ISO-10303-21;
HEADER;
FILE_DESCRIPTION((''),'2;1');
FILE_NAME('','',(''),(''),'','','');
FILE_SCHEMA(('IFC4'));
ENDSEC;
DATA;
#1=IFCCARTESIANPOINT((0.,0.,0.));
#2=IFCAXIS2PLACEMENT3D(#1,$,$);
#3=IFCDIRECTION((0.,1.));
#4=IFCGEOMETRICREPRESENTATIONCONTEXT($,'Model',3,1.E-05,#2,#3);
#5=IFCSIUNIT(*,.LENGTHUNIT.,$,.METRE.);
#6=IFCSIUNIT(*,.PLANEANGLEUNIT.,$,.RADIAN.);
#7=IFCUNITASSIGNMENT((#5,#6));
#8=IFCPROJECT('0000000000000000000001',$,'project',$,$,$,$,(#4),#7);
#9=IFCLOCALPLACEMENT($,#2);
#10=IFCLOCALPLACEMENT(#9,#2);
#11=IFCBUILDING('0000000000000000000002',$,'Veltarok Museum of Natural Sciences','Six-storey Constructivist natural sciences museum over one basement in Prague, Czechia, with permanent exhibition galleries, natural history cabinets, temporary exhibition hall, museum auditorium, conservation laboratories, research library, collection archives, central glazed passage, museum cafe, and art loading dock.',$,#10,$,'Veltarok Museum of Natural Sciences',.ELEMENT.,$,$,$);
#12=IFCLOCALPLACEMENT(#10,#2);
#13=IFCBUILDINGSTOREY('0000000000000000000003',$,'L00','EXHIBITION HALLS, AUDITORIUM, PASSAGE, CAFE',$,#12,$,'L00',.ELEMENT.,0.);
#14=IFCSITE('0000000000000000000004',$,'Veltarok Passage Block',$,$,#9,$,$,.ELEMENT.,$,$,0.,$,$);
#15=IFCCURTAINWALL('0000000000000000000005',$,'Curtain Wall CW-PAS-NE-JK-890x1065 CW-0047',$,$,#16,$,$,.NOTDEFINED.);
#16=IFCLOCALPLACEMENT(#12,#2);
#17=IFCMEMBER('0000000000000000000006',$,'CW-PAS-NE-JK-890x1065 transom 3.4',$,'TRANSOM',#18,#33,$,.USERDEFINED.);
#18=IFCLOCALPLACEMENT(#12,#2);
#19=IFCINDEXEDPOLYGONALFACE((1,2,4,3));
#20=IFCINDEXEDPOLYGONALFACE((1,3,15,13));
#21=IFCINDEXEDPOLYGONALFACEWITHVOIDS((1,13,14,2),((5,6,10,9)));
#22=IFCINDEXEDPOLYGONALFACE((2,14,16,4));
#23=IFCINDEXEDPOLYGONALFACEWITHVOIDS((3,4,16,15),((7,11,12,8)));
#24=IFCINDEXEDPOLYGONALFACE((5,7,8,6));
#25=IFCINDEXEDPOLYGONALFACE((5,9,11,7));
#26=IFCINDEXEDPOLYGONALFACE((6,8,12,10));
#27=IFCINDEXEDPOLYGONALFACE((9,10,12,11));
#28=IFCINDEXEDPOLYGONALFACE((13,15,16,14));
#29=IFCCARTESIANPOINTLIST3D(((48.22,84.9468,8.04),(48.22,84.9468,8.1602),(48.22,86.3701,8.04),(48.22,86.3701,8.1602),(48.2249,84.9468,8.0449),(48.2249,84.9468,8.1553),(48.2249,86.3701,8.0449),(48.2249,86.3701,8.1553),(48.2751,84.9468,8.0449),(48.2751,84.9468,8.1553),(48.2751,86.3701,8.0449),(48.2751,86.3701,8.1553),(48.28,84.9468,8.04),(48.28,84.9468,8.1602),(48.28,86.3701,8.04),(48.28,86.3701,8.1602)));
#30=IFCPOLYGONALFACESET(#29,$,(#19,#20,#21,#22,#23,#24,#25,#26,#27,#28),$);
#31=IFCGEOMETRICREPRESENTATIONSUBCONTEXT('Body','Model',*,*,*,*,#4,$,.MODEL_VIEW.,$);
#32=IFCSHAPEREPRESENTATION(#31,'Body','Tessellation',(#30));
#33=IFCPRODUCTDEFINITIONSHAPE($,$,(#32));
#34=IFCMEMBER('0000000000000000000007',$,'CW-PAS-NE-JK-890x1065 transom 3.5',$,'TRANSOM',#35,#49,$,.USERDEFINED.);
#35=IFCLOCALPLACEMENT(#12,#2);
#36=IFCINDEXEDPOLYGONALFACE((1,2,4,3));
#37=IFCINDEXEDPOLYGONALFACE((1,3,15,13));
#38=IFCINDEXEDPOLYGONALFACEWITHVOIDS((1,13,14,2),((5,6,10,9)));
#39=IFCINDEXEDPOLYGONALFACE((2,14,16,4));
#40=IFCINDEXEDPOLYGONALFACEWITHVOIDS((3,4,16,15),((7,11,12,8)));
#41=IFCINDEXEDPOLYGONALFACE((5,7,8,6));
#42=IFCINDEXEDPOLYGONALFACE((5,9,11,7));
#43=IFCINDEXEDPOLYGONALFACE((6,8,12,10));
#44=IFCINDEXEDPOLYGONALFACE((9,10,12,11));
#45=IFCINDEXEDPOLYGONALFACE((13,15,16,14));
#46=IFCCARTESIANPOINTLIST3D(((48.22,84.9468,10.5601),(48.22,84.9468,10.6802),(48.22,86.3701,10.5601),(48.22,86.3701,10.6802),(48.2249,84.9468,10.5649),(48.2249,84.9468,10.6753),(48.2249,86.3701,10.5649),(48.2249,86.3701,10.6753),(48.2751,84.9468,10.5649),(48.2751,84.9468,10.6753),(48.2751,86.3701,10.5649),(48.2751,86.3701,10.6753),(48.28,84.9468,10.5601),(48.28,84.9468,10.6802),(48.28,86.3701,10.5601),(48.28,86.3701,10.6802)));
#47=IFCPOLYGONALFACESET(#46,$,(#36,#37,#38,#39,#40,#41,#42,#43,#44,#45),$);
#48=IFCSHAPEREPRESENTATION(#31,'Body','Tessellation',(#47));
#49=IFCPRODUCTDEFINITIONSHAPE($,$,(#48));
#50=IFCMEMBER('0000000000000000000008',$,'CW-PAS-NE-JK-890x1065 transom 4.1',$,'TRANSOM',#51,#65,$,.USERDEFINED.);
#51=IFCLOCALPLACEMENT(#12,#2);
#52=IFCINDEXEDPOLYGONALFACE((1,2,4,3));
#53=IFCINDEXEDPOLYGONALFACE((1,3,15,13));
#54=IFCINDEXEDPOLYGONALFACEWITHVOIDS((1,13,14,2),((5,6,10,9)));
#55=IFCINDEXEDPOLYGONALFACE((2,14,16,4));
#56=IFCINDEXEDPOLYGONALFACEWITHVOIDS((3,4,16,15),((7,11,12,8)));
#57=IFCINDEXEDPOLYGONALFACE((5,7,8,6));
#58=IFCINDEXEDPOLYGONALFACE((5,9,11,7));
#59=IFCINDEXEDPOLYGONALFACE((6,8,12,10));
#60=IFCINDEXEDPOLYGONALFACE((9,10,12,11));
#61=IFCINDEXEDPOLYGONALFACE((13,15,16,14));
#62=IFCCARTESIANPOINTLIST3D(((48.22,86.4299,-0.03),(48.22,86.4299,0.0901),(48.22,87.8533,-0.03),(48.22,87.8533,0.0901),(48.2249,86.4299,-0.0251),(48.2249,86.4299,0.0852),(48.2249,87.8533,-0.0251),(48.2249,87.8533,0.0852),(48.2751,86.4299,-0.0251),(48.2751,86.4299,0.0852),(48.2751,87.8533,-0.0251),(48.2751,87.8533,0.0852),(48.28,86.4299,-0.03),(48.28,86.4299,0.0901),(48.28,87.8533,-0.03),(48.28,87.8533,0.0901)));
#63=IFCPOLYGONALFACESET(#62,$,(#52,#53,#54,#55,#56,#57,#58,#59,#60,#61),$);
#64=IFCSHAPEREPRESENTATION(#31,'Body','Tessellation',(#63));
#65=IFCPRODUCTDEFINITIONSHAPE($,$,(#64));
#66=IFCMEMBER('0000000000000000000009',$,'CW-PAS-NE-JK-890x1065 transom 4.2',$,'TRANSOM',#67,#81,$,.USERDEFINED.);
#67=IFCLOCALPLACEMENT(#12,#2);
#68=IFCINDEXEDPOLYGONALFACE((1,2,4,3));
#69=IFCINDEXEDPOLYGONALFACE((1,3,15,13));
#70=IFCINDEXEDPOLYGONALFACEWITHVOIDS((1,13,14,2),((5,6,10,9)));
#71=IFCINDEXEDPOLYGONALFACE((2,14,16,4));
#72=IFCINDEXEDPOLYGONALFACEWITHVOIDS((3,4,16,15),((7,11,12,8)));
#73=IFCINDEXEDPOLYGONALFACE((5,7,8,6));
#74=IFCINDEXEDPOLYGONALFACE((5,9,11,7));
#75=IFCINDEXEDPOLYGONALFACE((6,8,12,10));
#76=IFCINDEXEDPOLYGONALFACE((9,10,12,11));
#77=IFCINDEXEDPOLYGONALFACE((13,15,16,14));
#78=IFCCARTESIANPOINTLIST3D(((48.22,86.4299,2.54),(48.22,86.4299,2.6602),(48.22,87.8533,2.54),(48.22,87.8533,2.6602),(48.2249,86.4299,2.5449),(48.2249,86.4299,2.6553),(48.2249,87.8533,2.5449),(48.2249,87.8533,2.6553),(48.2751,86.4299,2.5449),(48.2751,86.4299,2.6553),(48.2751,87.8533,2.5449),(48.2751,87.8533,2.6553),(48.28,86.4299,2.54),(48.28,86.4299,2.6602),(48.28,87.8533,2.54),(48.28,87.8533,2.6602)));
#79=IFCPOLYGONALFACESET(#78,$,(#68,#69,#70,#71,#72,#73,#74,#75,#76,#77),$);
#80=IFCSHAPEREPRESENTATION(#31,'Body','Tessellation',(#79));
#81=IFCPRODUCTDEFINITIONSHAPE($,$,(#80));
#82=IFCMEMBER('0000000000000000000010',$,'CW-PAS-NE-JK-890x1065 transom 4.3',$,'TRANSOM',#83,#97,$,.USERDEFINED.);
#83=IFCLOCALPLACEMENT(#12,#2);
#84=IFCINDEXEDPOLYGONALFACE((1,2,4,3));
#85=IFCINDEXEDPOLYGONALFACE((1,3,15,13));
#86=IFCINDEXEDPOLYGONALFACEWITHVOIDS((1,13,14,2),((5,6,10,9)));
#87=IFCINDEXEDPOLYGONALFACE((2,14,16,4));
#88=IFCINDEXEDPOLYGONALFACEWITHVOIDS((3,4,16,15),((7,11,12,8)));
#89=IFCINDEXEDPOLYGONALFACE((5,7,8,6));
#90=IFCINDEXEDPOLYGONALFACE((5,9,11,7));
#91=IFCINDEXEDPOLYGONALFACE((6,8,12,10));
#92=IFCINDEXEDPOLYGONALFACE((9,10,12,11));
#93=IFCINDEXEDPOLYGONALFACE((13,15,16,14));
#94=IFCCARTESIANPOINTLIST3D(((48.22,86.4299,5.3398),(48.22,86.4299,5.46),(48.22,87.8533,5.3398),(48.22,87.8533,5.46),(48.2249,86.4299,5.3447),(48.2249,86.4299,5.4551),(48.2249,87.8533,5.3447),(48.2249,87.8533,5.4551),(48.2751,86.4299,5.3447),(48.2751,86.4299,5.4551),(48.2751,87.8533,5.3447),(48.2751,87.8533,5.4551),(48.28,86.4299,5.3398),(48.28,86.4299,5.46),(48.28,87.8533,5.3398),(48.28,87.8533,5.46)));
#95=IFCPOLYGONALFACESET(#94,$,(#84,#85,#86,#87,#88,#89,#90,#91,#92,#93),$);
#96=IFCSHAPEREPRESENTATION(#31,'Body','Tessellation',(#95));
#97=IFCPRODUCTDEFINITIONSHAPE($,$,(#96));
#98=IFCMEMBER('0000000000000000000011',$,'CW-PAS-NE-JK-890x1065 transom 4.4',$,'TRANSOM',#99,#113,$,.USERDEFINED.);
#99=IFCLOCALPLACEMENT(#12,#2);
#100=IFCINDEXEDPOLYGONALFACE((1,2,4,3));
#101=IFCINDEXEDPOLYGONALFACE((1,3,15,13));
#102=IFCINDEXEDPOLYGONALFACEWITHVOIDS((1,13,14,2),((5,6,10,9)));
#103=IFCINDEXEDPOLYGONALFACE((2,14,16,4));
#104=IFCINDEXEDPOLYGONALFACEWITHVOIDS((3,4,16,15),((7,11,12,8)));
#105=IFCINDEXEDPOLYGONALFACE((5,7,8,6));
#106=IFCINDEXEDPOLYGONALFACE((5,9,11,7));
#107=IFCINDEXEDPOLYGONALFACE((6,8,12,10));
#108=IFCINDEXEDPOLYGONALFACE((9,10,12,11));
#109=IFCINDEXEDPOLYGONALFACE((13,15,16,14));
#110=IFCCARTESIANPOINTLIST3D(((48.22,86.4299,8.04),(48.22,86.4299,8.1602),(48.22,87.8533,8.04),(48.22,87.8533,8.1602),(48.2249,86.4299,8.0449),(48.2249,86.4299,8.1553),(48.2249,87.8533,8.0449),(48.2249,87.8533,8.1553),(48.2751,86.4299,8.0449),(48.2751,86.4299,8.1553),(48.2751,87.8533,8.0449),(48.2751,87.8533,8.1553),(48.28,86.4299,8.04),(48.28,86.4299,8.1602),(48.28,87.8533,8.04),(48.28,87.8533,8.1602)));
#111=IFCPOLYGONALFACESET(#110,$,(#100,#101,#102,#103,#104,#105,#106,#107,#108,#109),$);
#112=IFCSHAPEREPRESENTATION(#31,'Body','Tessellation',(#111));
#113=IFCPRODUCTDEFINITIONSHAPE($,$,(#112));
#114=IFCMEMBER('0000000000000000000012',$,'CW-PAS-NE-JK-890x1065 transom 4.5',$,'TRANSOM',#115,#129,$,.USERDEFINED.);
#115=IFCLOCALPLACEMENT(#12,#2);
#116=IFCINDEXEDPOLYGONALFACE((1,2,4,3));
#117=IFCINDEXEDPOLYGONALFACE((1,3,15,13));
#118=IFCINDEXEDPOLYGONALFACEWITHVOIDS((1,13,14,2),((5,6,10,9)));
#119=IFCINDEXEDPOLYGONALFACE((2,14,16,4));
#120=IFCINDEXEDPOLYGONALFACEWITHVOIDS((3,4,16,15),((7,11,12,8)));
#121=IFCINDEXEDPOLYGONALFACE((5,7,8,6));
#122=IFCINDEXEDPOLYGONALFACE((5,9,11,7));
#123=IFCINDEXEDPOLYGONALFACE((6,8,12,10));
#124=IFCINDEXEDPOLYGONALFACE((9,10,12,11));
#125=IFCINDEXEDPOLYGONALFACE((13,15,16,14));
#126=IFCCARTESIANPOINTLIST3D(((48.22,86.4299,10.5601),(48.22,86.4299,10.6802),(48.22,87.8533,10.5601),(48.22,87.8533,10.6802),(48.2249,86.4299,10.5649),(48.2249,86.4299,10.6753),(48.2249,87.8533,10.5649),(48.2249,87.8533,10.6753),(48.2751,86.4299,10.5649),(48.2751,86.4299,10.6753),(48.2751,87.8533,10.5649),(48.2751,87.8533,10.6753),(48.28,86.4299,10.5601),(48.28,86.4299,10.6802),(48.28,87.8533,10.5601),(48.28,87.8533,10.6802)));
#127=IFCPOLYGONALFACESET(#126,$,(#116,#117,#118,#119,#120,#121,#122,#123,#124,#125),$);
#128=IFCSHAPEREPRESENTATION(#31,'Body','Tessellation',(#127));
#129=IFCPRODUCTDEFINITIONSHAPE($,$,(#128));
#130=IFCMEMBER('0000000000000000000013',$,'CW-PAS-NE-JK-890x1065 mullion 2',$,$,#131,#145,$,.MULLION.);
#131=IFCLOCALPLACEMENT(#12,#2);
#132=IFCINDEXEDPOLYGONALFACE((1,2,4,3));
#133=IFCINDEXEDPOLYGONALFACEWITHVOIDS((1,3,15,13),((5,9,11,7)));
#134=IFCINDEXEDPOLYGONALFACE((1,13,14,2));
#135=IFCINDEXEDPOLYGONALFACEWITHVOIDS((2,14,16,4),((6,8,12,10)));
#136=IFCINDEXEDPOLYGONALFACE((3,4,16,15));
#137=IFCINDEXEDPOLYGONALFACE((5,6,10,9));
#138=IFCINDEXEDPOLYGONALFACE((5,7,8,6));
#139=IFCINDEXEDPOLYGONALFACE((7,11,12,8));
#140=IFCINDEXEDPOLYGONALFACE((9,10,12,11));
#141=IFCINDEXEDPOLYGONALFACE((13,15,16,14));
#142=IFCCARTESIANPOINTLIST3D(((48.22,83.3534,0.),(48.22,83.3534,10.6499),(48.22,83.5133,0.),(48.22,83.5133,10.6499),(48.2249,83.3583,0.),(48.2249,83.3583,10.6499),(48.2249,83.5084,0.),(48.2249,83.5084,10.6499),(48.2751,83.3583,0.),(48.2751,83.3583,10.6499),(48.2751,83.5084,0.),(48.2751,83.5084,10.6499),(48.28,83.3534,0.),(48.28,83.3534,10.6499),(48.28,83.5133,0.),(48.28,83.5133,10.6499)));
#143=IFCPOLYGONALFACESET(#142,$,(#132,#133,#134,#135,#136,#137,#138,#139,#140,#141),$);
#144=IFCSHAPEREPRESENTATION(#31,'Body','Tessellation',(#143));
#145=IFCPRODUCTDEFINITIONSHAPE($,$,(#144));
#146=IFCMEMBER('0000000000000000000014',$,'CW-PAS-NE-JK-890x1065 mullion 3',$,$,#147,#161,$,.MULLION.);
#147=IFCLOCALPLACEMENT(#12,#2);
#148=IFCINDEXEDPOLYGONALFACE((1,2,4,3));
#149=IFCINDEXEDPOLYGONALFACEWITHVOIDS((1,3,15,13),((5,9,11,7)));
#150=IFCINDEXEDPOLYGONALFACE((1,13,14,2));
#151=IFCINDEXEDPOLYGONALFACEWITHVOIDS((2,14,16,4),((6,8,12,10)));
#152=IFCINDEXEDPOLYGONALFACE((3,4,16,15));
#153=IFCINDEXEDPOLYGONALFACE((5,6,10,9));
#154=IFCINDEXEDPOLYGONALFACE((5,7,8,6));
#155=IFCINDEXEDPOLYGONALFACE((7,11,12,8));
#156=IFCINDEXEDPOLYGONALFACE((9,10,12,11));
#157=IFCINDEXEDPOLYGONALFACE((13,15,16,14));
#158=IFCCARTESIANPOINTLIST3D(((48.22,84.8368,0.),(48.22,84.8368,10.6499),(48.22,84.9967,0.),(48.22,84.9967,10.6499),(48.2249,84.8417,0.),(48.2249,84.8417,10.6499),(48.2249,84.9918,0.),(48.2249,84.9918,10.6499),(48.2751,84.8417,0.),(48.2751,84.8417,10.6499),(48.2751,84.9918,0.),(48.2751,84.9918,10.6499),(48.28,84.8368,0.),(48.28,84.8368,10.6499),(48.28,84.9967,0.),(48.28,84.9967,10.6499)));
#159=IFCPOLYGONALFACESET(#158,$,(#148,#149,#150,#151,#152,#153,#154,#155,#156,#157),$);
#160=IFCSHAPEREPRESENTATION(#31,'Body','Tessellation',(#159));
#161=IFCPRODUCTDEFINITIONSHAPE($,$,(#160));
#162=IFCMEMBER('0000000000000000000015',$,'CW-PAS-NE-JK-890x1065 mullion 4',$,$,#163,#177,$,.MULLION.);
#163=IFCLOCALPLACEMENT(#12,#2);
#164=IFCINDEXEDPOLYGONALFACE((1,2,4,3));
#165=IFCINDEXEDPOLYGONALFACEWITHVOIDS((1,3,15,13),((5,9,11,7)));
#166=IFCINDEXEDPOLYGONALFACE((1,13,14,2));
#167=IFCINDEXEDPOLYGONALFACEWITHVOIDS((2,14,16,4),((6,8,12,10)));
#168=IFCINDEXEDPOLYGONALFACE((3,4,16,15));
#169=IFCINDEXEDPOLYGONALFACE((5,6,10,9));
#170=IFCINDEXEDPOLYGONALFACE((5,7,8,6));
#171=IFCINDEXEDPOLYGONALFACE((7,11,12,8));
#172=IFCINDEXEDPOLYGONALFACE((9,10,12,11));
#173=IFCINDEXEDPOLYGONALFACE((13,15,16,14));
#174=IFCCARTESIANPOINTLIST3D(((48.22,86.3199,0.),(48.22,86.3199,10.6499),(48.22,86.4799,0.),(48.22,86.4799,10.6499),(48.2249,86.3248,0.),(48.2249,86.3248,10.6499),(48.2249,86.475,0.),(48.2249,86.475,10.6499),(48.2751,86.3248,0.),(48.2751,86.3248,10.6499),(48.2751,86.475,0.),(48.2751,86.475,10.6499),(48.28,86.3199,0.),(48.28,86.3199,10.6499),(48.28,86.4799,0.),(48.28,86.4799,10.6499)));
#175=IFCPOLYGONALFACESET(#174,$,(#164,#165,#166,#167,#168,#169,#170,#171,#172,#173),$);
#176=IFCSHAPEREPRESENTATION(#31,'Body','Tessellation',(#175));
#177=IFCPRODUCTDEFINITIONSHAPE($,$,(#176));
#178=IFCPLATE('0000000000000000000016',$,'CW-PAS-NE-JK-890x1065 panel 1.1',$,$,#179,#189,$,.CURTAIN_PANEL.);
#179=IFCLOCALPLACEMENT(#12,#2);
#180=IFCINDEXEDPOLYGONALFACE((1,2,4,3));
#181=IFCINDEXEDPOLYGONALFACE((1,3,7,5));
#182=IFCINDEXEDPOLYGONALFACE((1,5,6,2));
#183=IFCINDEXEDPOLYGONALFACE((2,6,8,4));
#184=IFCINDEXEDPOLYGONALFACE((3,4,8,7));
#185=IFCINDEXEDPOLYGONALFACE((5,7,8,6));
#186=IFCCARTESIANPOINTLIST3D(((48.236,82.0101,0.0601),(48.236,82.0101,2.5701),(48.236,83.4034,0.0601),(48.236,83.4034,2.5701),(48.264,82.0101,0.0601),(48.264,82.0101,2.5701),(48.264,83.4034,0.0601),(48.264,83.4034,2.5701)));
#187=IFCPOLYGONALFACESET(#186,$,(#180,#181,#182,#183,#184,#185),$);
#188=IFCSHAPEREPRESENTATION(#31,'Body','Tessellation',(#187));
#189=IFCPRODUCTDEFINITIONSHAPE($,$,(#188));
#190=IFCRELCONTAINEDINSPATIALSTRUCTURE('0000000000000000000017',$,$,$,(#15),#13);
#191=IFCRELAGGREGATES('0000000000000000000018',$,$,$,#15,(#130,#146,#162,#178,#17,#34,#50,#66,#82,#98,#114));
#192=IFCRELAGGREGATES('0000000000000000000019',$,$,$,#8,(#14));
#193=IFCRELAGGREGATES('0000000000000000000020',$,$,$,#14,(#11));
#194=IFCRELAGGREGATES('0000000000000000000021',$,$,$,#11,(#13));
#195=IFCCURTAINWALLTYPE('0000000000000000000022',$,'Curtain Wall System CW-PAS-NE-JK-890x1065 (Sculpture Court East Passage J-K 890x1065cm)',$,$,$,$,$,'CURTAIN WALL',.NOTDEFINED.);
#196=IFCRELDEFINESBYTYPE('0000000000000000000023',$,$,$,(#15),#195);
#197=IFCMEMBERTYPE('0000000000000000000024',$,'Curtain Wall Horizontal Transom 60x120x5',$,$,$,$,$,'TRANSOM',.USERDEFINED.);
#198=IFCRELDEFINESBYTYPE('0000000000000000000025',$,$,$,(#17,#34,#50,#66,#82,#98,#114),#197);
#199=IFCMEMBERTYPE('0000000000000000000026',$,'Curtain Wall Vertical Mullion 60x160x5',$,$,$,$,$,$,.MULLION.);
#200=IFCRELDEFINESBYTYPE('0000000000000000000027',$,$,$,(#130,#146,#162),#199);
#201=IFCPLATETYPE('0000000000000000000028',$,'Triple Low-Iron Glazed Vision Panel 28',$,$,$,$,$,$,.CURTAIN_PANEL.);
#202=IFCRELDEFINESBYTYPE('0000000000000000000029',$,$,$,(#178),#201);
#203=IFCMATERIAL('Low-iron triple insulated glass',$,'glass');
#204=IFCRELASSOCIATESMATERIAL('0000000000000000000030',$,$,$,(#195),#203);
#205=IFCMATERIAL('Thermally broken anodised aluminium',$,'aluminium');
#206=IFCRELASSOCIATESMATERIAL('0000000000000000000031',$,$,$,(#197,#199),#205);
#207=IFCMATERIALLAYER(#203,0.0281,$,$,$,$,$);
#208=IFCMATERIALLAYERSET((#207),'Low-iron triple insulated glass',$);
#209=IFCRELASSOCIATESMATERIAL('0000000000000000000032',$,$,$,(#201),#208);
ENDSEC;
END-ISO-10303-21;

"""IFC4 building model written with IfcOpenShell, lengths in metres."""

from ifc_helpers import new_model, si_unit, direction, frame, origin, origin_2d, place, context, subcontext, project, spatial, rectangle, hollow_rectangle, extrude, material, layer, layer_set, material_profile, profile_set, type_object, element, aggregate, save


model = new_model("IFC4")

# Units and contexts
model_context = context("Model", 3, precision=1e-05, world=origin(), true_north=direction((0.0, 1.0)))
body_context = subcontext(model_context, "Body", "Model", "MODEL_VIEW")
ifc_project = project(units=[si_unit("LENGTHUNIT", "METRE"), si_unit("PLANEANGLEUNIT", "RADIAN")], contexts=[model_context])

# Site, building, storey
site_placement = place(None, origin())
site = spatial("IfcSite", under=ifc_project, at=site_placement, Name="Veltarok Passage Block", CompositionType="ELEMENT", RefElevation=0.0)
building_placement = place(site_placement, origin())
building = spatial("IfcBuilding", under=site, at=building_placement, Name="Veltarok Museum of Natural Sciences", Description="Six-storey Constructivist natural sciences museum over one basement in Prague, Czechia, with permanent exhibition galleries, natural history cabinets, temporary exhibition hall, museum auditorium, conservation laboratories, research library, collection archives, central glazed passage, museum cafe, and art loading dock.", LongName="Veltarok Museum of Natural Sciences", CompositionType="ELEMENT")
storey_placement = place(building_placement, origin())
storey = spatial("IfcBuildingStorey", under=building, at=storey_placement, Name="L00", Description="EXHIBITION HALLS, AUDITORIUM, PASSAGE, CAFE", LongName="L00", CompositionType="ELEMENT", Elevation=0.0)

# Curtain wall, members, plate
ifc_material_1 = material(Name="Low-iron triple insulated glass", Category="glass")
curtain_wall_type = type_object("IfcCurtainWallType", Name="Curtain Wall System CW-PAS-NE-JK-890x1065 (Sculpture Court East Passage J-K 890x1065cm)", ElementType="CURTAIN WALL", PredefinedType="NOTDEFINED", material=ifc_material_1)
curtain_wall_placement = place(storey_placement, origin())
curtain_wall = element("IfcCurtainWall", 1, at=curtain_wall_placement, inside=storey, type_object=curtain_wall_type, Name="Curtain Wall CW-PAS-NE-JK-890x1065 CW-0047", PredefinedType="NOTDEFINED")
ifc_material_2 = material(Name="Thermally broken anodised aluminium", Category="aluminium")
ifc_material_profile_1 = material_profile(ifc_material_2, hollow_rectangle(XDim=0.0601, YDim=0.1201, WallThickness=0.0049, at=origin_2d()), Name="CW TRANSOM 60x120x5")
ifc_profile_set_1 = profile_set([ifc_material_profile_1], Name="Thermally broken anodised aluminium")
member_type_1 = type_object("IfcMemberType", Name="Curtain Wall Horizontal Transom 60x120x5", ElementType="TRANSOM", PredefinedType="USERDEFINED", material=ifc_profile_set_1)
member_1_placement = place(storey_placement, frame((48.25, 84.9468, 8.1001), z_axis=(0.0, 1.0, 0.0), x_axis=(-1.0, 0.0, 0.0)))
member_1 = element("IfcMember", 2, at=member_1_placement, type_object=member_type_1, Name="CW-PAS-NE-JK-890x1065 transom 3.4", ObjectType="TRANSOM", PredefinedType="USERDEFINED", context=body_context, shape_type="SweptSolid", body=[
    extrude(hollow_rectangle(XDim=0.0601, YDim=0.1201, WallThickness=0.0049, at=origin_2d()), origin(), (0.0, 0.0, 1.0), 1.4233),
])
member_2_placement = place(storey_placement, frame((48.25, 84.9468, 10.6201), z_axis=(0.0, 1.0, 0.0), x_axis=(-1.0, 0.0, 0.0)))
member_2 = element("IfcMember", 3, at=member_2_placement, type_object=member_type_1, Name="CW-PAS-NE-JK-890x1065 transom 3.5", ObjectType="TRANSOM", PredefinedType="USERDEFINED", context=body_context, shape_type="SweptSolid", body=[
    extrude(hollow_rectangle(XDim=0.0601, YDim=0.1201, WallThickness=0.0049, at=origin_2d()), origin(), (0.0, 0.0, 1.0), 1.4233),
])
member_3_placement = place(storey_placement, frame((48.25, 86.4299, 0.03), z_axis=(0.0, 1.0, 0.0), x_axis=(-1.0, 0.0, 0.0)))
member_3 = element("IfcMember", 4, at=member_3_placement, type_object=member_type_1, Name="CW-PAS-NE-JK-890x1065 transom 4.1", ObjectType="TRANSOM", PredefinedType="USERDEFINED", context=body_context, shape_type="SweptSolid", body=[
    extrude(hollow_rectangle(XDim=0.0601, YDim=0.1201, WallThickness=0.0049, at=origin_2d()), origin(), (0.0, 0.0, 1.0), 1.4233),
])
member_4_placement = place(storey_placement, frame((48.25, 86.4299, 2.6001), z_axis=(0.0, 1.0, 0.0), x_axis=(-1.0, 0.0, 0.0)))
member_4 = element("IfcMember", 5, at=member_4_placement, type_object=member_type_1, Name="CW-PAS-NE-JK-890x1065 transom 4.2", ObjectType="TRANSOM", PredefinedType="USERDEFINED", context=body_context, shape_type="SweptSolid", body=[
    extrude(hollow_rectangle(XDim=0.0601, YDim=0.1201, WallThickness=0.0049, at=origin_2d()), origin(), (0.0, 0.0, 1.0), 1.4233),
])
member_5_placement = place(storey_placement, frame((48.25, 86.4299, 5.3999), z_axis=(0.0, 1.0, 0.0), x_axis=(-1.0, 0.0, 0.0)))
member_5 = element("IfcMember", 6, at=member_5_placement, type_object=member_type_1, Name="CW-PAS-NE-JK-890x1065 transom 4.3", ObjectType="TRANSOM", PredefinedType="USERDEFINED", context=body_context, shape_type="SweptSolid", body=[
    extrude(hollow_rectangle(XDim=0.0601, YDim=0.1201, WallThickness=0.0049, at=origin_2d()), origin(), (0.0, 0.0, 1.0), 1.4233),
])
member_6_placement = place(storey_placement, frame((48.25, 86.4299, 8.1001), z_axis=(0.0, 1.0, 0.0), x_axis=(-1.0, 0.0, 0.0)))
member_6 = element("IfcMember", 7, at=member_6_placement, type_object=member_type_1, Name="CW-PAS-NE-JK-890x1065 transom 4.4", ObjectType="TRANSOM", PredefinedType="USERDEFINED", context=body_context, shape_type="SweptSolid", body=[
    extrude(hollow_rectangle(XDim=0.0601, YDim=0.1201, WallThickness=0.0049, at=origin_2d()), origin(), (0.0, 0.0, 1.0), 1.4233),
])
member_7_placement = place(storey_placement, frame((48.25, 86.4299, 10.6201), z_axis=(0.0, 1.0, 0.0), x_axis=(-1.0, 0.0, 0.0)))
member_7 = element("IfcMember", 8, at=member_7_placement, type_object=member_type_1, Name="CW-PAS-NE-JK-890x1065 transom 4.5", ObjectType="TRANSOM", PredefinedType="USERDEFINED", context=body_context, shape_type="SweptSolid", body=[
    extrude(hollow_rectangle(XDim=0.0601, YDim=0.1201, WallThickness=0.0049, at=origin_2d()), origin(), (0.0, 0.0, 1.0), 1.4233),
])
ifc_material_profile_2 = material_profile(ifc_material_2, hollow_rectangle(XDim=0.0601, YDim=0.1599, WallThickness=0.0049, at=origin_2d()), Name="CW MULLION 60x160x5")
ifc_profile_set_2 = profile_set([ifc_material_profile_2], Name="Thermally broken anodised aluminium")
member_type_2 = type_object("IfcMemberType", Name="Curtain Wall Vertical Mullion 60x160x5", PredefinedType="MULLION", material=ifc_profile_set_2)
member_8_placement = place(storey_placement, frame((48.25, 83.4333, 0.0), z_axis=(0.0, 0.0, 1.0), x_axis=(-1.0, 0.0, 0.0)))
member_8 = element("IfcMember", 9, at=member_8_placement, type_object=member_type_2, Name="CW-PAS-NE-JK-890x1065 mullion 2", PredefinedType="MULLION", context=body_context, shape_type="SweptSolid", body=[
    extrude(hollow_rectangle(XDim=0.0601, YDim=0.1599, WallThickness=0.0049, at=origin_2d()), origin(), (0.0, 0.0, 1.0), 10.6499),
])
member_9_placement = place(storey_placement, frame((48.25, 84.9167, 0.0), z_axis=(0.0, 0.0, 1.0), x_axis=(-1.0, 0.0, 0.0)))
member_9 = element("IfcMember", 10, at=member_9_placement, type_object=member_type_2, Name="CW-PAS-NE-JK-890x1065 mullion 3", PredefinedType="MULLION", context=body_context, shape_type="SweptSolid", body=[
    extrude(hollow_rectangle(XDim=0.0601, YDim=0.1599, WallThickness=0.0049, at=origin_2d()), origin(), (0.0, 0.0, 1.0), 10.6499),
])
member_10_placement = place(storey_placement, frame((48.25, 86.3999, 0.0), z_axis=(0.0, 0.0, 1.0), x_axis=(-1.0, 0.0, 0.0)))
member_10 = element("IfcMember", 11, at=member_10_placement, type_object=member_type_2, Name="CW-PAS-NE-JK-890x1065 mullion 4", PredefinedType="MULLION", context=body_context, shape_type="SweptSolid", body=[
    extrude(hollow_rectangle(XDim=0.0601, YDim=0.1599, WallThickness=0.0049, at=origin_2d()), origin(), (0.0, 0.0, 1.0), 10.6499),
])
ifc_layer = layer(ifc_material_1, 0.0281)
ifc_layer_set = layer_set([ifc_layer], Name="Low-iron triple insulated glass")
plate_type = type_object("IfcPlateType", Name="Triple Low-Iron Glazed Vision Panel 28", PredefinedType="CURTAIN_PANEL", material=ifc_layer_set)
plate_1_placement = place(storey_placement, frame((48.25, 82.7068, 0.0601), z_axis=(0.0, 0.0, 1.0), x_axis=(0.0, 1.0, 0.0)))
plate_1 = element("IfcPlate", 12, at=plate_1_placement, type_object=plate_type, Name="CW-PAS-NE-JK-890x1065 panel 1.1", PredefinedType="CURTAIN_PANEL", context=body_context, shape_type="SweptSolid", body=[
    extrude(rectangle(XDim=1.3933, YDim=0.0281, at=origin_2d()), origin(), (0.0, 0.0, 1.0), 2.51),
])
aggregate(curtain_wall, [member_8, member_9, member_10, plate_1, member_1, member_2, member_3, member_4, member_5, member_6, member_7])

save(model, "model.ifc")
